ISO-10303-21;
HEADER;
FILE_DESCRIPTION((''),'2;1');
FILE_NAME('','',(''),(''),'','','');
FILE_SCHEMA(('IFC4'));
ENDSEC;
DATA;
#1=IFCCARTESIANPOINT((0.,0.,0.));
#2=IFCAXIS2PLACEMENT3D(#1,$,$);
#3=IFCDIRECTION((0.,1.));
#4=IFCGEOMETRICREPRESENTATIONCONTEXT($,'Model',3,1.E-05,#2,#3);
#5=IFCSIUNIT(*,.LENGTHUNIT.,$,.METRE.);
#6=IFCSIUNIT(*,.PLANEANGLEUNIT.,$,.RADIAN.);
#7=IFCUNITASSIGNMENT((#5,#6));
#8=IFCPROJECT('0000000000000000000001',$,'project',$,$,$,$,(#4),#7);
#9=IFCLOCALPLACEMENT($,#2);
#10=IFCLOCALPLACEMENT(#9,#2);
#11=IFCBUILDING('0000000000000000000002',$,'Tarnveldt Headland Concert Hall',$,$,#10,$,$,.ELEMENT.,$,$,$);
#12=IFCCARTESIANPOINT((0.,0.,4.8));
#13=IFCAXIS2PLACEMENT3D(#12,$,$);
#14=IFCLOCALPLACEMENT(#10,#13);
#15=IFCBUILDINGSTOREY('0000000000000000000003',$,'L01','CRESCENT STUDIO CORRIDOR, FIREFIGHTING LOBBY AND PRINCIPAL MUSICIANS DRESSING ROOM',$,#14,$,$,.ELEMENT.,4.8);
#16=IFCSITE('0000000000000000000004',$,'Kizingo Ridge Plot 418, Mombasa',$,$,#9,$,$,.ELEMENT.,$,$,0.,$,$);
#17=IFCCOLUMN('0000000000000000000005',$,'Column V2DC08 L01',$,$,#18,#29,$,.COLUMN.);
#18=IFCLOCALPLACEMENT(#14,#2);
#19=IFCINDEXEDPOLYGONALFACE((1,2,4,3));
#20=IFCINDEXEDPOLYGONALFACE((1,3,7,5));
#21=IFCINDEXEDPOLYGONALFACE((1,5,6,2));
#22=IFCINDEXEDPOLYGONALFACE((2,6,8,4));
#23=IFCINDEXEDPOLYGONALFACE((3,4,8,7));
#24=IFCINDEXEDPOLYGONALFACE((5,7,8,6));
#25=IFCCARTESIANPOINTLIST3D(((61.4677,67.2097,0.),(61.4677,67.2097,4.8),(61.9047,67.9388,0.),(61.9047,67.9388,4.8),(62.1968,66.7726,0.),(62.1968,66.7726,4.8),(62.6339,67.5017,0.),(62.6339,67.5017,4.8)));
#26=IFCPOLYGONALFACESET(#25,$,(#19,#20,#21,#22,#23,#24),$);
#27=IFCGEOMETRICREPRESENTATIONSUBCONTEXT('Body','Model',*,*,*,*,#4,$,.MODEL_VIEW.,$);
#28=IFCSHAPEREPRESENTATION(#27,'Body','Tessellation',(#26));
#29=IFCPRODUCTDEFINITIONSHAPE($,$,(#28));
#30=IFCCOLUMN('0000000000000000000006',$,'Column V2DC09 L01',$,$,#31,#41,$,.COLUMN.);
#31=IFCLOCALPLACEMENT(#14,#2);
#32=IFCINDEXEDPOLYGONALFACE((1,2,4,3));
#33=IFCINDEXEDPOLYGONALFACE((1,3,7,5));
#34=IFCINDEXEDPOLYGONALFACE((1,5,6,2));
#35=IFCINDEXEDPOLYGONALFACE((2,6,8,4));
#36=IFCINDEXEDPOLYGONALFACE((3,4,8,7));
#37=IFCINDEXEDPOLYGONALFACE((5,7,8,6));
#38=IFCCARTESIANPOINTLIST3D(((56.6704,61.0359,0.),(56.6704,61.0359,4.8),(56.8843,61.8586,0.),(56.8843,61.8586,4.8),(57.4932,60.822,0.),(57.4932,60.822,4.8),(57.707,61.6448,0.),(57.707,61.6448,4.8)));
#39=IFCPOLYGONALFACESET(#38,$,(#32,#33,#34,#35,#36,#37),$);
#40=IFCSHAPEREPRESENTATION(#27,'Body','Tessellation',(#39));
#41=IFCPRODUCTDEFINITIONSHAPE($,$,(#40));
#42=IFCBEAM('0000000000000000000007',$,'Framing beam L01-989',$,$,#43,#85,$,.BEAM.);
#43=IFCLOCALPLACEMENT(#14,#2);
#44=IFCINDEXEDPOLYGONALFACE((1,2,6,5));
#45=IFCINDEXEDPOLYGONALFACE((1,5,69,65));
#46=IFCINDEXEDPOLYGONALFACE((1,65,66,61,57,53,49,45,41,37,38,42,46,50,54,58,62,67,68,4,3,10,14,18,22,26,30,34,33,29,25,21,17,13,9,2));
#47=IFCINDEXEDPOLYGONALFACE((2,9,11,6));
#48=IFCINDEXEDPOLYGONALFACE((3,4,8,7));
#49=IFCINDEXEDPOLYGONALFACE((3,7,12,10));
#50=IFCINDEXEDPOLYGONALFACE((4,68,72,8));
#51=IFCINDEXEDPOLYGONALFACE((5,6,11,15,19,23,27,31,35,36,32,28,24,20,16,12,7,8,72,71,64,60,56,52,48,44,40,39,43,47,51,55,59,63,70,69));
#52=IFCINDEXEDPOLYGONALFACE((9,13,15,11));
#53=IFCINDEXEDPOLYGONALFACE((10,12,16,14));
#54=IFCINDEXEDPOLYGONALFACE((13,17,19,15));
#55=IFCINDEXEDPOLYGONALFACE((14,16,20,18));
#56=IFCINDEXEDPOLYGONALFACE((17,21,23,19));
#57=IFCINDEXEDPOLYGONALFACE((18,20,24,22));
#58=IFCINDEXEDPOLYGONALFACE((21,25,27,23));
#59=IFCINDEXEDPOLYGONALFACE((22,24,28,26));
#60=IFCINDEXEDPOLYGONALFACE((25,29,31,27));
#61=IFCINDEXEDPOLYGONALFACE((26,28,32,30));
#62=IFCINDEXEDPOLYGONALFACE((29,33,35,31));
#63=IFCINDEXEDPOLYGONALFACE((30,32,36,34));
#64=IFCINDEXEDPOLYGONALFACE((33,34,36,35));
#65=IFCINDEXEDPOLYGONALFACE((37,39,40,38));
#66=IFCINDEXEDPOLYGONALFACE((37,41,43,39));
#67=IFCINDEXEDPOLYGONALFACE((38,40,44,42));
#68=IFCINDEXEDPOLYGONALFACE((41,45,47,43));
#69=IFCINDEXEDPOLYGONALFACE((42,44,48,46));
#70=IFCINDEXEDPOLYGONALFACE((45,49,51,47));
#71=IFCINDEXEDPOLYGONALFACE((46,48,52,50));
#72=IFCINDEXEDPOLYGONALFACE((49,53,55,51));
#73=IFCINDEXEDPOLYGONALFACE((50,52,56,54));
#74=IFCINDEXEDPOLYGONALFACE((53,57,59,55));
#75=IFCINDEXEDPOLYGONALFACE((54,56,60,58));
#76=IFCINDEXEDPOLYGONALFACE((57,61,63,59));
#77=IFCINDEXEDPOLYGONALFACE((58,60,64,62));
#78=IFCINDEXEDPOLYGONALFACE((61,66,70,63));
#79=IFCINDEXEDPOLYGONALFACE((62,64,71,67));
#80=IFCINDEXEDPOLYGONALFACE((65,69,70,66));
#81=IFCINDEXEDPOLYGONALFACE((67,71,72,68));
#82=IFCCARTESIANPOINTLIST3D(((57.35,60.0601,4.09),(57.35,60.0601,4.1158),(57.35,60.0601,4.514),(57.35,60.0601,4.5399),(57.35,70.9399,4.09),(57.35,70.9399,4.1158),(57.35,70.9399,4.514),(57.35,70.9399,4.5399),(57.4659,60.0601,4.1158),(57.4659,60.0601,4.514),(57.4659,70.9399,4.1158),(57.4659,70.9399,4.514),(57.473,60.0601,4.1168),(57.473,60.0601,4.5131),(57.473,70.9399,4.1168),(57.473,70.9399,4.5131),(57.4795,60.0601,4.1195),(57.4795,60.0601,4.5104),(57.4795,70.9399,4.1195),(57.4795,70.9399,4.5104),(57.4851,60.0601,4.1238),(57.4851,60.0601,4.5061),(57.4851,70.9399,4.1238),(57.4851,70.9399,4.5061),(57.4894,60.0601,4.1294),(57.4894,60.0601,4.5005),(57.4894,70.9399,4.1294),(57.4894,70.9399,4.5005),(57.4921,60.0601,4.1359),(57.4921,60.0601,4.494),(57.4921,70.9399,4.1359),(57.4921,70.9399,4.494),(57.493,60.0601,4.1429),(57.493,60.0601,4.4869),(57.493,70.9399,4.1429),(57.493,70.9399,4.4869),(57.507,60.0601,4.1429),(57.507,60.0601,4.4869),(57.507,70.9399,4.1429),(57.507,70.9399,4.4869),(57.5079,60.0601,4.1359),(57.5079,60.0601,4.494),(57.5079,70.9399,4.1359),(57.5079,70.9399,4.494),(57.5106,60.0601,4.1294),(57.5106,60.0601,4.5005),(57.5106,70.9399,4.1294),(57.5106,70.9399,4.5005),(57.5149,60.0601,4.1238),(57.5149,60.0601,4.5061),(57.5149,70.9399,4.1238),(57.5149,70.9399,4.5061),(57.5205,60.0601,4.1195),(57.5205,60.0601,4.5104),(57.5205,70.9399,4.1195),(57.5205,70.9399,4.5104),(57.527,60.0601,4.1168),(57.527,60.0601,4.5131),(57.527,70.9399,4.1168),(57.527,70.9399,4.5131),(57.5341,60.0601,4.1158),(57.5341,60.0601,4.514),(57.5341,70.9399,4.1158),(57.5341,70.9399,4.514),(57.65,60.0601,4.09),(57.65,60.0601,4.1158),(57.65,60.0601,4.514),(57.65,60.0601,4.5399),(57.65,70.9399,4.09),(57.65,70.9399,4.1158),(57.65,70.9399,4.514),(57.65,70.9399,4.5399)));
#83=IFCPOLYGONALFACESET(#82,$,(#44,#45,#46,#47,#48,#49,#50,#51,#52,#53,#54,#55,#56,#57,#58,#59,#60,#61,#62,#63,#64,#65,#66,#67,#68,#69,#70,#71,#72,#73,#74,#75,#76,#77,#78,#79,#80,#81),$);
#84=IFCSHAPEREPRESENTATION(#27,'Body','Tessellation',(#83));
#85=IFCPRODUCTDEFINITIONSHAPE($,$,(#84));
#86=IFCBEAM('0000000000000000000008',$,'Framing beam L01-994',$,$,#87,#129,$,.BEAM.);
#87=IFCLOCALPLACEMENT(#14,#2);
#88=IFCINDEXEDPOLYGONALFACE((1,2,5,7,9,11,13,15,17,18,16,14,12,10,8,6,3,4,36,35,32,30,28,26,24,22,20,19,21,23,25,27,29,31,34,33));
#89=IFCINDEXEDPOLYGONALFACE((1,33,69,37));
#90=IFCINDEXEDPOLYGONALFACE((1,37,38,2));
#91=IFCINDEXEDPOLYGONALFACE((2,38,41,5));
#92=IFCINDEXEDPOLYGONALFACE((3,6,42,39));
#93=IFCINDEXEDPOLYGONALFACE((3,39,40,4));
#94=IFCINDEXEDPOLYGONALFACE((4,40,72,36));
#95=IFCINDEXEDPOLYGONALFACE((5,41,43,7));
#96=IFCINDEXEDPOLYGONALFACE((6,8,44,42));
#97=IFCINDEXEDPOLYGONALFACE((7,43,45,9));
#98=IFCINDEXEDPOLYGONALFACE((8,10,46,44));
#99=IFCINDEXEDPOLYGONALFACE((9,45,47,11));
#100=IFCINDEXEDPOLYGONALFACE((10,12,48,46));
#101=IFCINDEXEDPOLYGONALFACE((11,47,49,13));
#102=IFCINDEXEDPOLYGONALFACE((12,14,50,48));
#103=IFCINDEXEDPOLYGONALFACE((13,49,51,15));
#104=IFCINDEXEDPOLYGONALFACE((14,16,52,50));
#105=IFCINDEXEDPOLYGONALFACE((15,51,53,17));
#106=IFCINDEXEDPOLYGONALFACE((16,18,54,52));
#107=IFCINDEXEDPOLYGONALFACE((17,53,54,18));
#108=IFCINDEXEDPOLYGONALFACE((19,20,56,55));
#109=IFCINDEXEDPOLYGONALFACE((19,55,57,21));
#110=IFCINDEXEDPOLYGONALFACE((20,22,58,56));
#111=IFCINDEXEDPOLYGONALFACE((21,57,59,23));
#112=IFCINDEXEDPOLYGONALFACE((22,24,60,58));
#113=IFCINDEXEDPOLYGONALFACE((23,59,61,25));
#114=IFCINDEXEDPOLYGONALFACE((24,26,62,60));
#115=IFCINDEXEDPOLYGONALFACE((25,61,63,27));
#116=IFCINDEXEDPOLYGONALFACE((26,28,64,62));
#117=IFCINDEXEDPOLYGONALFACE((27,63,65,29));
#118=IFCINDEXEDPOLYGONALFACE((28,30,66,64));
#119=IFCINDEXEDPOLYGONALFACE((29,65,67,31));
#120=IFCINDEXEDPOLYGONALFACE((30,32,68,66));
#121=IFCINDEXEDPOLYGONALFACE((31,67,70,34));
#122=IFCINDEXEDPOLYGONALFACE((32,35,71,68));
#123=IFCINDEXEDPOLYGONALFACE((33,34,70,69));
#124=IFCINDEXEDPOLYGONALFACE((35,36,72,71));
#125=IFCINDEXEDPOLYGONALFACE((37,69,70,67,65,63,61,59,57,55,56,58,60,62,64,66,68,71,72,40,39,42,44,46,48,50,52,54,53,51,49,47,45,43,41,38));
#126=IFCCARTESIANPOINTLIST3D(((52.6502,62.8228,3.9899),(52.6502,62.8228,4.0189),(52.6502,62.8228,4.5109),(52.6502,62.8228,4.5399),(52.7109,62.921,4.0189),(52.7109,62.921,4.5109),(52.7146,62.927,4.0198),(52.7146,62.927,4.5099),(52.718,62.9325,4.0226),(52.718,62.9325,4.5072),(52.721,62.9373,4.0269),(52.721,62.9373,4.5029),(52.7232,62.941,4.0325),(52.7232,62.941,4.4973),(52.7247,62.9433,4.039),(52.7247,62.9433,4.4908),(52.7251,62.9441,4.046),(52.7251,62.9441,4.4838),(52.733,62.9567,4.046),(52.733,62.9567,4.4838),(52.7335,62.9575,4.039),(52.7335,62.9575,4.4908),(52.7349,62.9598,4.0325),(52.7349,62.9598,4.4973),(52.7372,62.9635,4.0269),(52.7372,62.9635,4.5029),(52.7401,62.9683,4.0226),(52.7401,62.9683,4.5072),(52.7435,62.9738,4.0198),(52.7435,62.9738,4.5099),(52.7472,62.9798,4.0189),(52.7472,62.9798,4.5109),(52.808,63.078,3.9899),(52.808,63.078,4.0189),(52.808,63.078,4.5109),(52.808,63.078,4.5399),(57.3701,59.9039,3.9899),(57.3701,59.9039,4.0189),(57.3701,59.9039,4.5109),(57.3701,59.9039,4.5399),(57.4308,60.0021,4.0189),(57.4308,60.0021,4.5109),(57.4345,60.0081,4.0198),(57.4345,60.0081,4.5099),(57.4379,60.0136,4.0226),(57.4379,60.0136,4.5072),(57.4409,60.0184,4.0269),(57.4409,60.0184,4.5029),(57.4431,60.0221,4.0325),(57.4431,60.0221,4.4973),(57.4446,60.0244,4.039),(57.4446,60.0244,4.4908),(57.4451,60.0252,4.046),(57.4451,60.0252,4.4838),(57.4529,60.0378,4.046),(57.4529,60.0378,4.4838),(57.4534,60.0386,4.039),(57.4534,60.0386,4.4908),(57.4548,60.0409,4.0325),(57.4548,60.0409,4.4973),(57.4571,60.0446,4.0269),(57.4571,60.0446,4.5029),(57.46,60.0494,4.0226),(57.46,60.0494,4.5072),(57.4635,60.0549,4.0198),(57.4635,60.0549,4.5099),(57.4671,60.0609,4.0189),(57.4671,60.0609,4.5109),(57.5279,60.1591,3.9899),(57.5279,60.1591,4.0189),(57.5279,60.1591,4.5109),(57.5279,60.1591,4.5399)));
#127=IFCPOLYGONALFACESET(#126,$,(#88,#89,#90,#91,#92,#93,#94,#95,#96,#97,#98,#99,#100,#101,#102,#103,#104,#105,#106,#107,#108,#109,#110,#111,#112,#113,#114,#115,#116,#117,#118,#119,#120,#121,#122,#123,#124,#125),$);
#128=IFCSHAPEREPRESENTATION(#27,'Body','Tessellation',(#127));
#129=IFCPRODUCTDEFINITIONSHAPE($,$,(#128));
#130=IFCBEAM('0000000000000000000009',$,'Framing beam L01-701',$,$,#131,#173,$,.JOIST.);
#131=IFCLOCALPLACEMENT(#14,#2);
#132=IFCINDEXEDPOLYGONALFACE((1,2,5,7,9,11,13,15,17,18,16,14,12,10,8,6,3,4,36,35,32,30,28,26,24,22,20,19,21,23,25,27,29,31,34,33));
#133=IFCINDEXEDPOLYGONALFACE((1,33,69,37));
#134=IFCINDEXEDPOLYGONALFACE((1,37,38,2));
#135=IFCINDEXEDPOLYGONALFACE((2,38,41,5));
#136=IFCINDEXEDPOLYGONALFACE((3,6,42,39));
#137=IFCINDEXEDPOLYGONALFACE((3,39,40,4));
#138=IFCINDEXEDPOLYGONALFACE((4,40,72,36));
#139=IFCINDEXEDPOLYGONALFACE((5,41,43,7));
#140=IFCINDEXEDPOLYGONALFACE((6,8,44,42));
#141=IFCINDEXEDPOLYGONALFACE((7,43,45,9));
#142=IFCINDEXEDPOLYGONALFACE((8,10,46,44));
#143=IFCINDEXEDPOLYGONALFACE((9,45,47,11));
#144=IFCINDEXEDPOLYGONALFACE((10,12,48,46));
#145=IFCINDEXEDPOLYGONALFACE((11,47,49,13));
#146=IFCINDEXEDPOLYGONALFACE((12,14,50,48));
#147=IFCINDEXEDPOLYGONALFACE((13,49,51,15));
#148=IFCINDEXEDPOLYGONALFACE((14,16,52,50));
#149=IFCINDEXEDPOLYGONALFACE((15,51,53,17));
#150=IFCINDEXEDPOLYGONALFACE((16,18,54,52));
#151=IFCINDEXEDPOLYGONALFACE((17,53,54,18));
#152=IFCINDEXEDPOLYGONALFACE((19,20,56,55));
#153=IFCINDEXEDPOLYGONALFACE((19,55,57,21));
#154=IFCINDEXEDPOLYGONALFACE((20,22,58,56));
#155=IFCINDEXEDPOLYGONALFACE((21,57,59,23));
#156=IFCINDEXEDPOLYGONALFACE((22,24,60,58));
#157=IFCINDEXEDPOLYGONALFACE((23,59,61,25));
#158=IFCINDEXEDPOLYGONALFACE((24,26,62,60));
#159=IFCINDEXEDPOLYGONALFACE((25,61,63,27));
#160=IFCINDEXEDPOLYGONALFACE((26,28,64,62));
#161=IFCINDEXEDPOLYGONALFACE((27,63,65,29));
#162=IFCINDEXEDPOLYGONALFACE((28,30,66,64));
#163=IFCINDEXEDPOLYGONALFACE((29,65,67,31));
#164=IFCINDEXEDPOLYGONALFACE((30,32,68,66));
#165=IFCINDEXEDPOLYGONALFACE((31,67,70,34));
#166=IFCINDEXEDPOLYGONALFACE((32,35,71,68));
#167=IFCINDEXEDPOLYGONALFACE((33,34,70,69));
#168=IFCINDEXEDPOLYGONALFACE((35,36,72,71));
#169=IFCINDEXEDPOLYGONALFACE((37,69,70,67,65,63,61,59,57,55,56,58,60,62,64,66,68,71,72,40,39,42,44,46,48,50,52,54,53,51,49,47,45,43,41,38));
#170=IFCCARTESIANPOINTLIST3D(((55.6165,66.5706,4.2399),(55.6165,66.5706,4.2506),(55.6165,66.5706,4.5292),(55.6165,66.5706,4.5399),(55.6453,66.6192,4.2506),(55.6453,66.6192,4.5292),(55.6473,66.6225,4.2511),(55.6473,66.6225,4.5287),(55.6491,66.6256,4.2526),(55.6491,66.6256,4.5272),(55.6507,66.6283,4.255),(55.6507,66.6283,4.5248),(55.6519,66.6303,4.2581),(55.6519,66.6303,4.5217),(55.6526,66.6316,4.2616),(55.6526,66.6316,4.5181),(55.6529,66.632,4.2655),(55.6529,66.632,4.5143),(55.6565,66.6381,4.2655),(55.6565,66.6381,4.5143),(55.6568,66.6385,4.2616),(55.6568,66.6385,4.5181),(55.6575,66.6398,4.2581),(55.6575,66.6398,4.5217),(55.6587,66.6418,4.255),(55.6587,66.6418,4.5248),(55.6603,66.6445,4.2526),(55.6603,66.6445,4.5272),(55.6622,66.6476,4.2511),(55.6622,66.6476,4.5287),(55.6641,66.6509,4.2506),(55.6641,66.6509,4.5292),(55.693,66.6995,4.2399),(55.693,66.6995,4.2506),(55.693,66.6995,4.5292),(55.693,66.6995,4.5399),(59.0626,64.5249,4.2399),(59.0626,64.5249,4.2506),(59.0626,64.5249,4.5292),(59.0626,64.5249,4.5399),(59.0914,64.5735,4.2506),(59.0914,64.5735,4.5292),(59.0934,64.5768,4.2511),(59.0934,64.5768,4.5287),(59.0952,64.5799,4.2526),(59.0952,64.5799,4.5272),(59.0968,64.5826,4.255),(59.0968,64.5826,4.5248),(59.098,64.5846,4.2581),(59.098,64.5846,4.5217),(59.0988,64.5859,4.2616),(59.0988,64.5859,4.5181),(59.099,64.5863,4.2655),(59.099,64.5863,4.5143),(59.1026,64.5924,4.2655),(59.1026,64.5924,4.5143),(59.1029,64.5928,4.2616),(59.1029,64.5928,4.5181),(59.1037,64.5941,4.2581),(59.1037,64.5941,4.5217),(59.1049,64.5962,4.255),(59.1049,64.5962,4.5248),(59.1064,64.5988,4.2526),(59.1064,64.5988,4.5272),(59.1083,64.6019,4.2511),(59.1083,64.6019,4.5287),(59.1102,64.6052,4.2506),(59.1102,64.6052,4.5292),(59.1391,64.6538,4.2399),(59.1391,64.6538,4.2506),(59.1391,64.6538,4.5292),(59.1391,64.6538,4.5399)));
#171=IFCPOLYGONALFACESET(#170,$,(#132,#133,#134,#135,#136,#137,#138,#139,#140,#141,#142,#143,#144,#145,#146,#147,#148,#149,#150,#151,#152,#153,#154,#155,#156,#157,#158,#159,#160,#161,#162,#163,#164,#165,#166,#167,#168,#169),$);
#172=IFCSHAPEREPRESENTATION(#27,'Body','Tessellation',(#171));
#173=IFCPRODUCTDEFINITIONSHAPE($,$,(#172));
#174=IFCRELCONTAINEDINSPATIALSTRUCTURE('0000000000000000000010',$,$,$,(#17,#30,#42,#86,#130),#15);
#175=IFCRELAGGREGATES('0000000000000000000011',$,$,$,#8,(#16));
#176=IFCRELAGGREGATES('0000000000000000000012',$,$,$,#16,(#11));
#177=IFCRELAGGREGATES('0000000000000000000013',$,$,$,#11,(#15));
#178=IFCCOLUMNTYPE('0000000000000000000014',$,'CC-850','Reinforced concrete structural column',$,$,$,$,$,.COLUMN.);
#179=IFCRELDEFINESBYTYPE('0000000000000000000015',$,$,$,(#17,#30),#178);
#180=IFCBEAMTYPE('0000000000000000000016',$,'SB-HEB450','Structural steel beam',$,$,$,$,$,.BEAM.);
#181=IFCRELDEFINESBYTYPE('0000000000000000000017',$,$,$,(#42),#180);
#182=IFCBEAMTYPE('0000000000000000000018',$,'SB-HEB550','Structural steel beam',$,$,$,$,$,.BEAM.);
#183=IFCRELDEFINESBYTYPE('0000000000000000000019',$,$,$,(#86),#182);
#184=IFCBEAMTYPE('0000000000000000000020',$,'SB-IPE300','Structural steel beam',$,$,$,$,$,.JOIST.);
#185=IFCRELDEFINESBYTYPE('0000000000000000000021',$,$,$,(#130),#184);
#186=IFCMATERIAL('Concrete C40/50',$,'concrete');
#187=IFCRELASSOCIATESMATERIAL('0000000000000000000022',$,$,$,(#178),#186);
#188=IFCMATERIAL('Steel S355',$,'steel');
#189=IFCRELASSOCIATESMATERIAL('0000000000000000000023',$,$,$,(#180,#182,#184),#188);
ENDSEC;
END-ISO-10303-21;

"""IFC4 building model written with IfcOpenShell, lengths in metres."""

from ifc_helpers import new_model, si_unit, direction, frame, origin, origin_2d, place, context, subcontext, project, spatial, rectangle, i_section, extrude, material, material_profile, profile_set, type_object, element, save


model = new_model("IFC4")

# Units and contexts
model_context = context("Model", 3, precision=1e-05, world=origin(), true_north=direction((0.0, 1.0)))
body_context = subcontext(model_context, "Body", "Model", "MODEL_VIEW")
ifc_project = project(units=[si_unit("LENGTHUNIT", "METRE"), si_unit("PLANEANGLEUNIT", "RADIAN")], contexts=[model_context])

# Site, building, storey
site_placement = place(None, origin())
site = spatial("IfcSite", under=ifc_project, at=site_placement, Name="Kizingo Ridge Plot 418, Mombasa", CompositionType="ELEMENT", RefElevation=0.0)
building_placement = place(site_placement, origin())
building = spatial("IfcBuilding", under=site, at=building_placement, Name="Tarnveldt Headland Concert Hall", CompositionType="ELEMENT")
storey_placement = place(building_placement, frame((0.0, 0.0, 4.8)))
storey = spatial("IfcBuildingStorey", under=building, at=storey_placement, Name="L01", Description="CRESCENT STUDIO CORRIDOR, FIREFIGHTING LOBBY AND PRINCIPAL MUSICIANS DRESSING ROOM", CompositionType="ELEMENT", Elevation=4.8)

# Columns
ifc_material_1 = material(Name="Concrete C40/50", Category="concrete")
ifc_material_profile_1 = material_profile(ifc_material_1, rectangle(XDim=0.8501, YDim=0.8501, at=origin_2d()), Name="RC 850x850", Category="concrete")
ifc_profile_set_1 = profile_set([ifc_material_profile_1], Name="Concrete C40/50")
column_type = type_object("IfcColumnType", Name="CC-850", Description="Reinforced concrete structural column", PredefinedType="COLUMN", material=ifc_profile_set_1)
for number, where, z_axis, x_axis, name in (
    (1, (62.0508, 67.3557, 0.0), (0.0, 0.0, 1.0), (-0.857706, 0.51414, 0.0), "Column V2DC08 L01"),
    (2, (57.1887, 61.3403, 0.0), (0.0, 0.0, 1.0), (-0.967841, 0.251563, 0.0), "Column V2DC09 L01"),
):
    element("IfcColumn", number, at=place(storey_placement, frame(where, z_axis=z_axis, x_axis=x_axis)), inside=storey, type_object=column_type, Name=name, PredefinedType="COLUMN", context=body_context, shape_type="SweptSolid", body=[
        extrude(rectangle(XDim=0.8501, YDim=0.8501, at=origin_2d()), origin(), (0.0, 0.0, 1.0), 4.8),
    ])

# Beams
ifc_material_2 = material(Name="Steel S355", Category="steel")
ifc_material_profile_2 = material_profile(ifc_material_2, i_section(OverallWidth=0.3, OverallDepth=0.45, WebThickness=0.0139, FlangeThickness=0.0259, FilletRadius=0.0271, at=origin_2d()), Name="HEB450", Category="steel")
ifc_profile_set_2 = profile_set([ifc_material_profile_2], Name="Steel S355")
beam_type_1 = type_object("IfcBeamType", Name="SB-HEB450", Description="Structural steel beam", PredefinedType="BEAM", material=ifc_profile_set_2)
beam_1_placement = place(storey_placement, frame((57.5, 60.0601, 4.3149), z_axis=(0.0, 1.0, 0.0), x_axis=(-1.0, 0.0, 0.0)))
element("IfcBeam", 3, at=beam_1_placement, inside=storey, type_object=beam_type_1, Name="Framing beam L01-989", PredefinedType="BEAM", context=body_context, shape_type="SweptSolid", body=[
    extrude(i_section(OverallWidth=0.3, OverallDepth=0.45, WebThickness=0.0139, FlangeThickness=0.0259, FilletRadius=0.0271, at=origin_2d()), origin(), (0.0, 0.0, 1.0), 10.8799),
])
ifc_material_profile_3 = material_profile(ifc_material_2, i_section(OverallWidth=0.3, OverallDepth=0.55, WebThickness=0.0149, FlangeThickness=0.0291, FilletRadius=0.0271, at=origin_2d()), Name="HEB550", Category="steel")
ifc_profile_set_3 = profile_set([ifc_material_profile_3], Name="Steel S355")
beam_type_2 = type_object("IfcBeamType", Name="SB-HEB550", Description="Structural steel beam", PredefinedType="BEAM", material=ifc_profile_set_3)
beam_2_placement = place(storey_placement, frame((57.449, 60.0315, 4.2649), z_axis=(-0.850502, 0.525971, 0.0), x_axis=(-0.525971, -0.850502, 0.0)))
element("IfcBeam", 4, at=beam_2_placement, inside=storey, type_object=beam_type_2, Name="Framing beam L01-994", PredefinedType="BEAM", context=body_context, shape_type="SweptSolid", body=[
    extrude(i_section(OverallWidth=0.3, OverallDepth=0.55, WebThickness=0.0149, FlangeThickness=0.0291, FilletRadius=0.0271, at=origin_2d()), origin(), (0.0, 0.0, 1.0), 5.5496),
])
ifc_material_profile_4 = material_profile(ifc_material_2, i_section(OverallWidth=0.1499, OverallDepth=0.3, WebThickness=0.0071, FlangeThickness=0.0107, FilletRadius=0.0149, at=origin_2d()), Name="IPE300", Category="steel")
ifc_profile_set_4 = profile_set([ifc_material_profile_4], Name="Steel S355")
beam_type_3 = type_object("IfcBeamType", Name="SB-IPE300", Description="Structural steel beam", PredefinedType="JOIST", material=ifc_profile_set_4)
beam_3_placement = place(storey_placement, frame((59.1008, 64.5894, 4.3899), z_axis=(-0.859902, 0.510459, 0.0), x_axis=(-0.510459, -0.859902, 0.0)))
element("IfcBeam", 5, at=beam_3_placement, inside=storey, type_object=beam_type_3, Name="Framing beam L01-701", PredefinedType="JOIST", context=body_context, shape_type="SweptSolid", body=[
    extrude(i_section(OverallWidth=0.1499, OverallDepth=0.3, WebThickness=0.0071, FlangeThickness=0.0107, FilletRadius=0.0149, at=origin_2d()), origin(), (0.0, 0.0, 1.0), 4.0076),
])

save(model, "model.ifc")
